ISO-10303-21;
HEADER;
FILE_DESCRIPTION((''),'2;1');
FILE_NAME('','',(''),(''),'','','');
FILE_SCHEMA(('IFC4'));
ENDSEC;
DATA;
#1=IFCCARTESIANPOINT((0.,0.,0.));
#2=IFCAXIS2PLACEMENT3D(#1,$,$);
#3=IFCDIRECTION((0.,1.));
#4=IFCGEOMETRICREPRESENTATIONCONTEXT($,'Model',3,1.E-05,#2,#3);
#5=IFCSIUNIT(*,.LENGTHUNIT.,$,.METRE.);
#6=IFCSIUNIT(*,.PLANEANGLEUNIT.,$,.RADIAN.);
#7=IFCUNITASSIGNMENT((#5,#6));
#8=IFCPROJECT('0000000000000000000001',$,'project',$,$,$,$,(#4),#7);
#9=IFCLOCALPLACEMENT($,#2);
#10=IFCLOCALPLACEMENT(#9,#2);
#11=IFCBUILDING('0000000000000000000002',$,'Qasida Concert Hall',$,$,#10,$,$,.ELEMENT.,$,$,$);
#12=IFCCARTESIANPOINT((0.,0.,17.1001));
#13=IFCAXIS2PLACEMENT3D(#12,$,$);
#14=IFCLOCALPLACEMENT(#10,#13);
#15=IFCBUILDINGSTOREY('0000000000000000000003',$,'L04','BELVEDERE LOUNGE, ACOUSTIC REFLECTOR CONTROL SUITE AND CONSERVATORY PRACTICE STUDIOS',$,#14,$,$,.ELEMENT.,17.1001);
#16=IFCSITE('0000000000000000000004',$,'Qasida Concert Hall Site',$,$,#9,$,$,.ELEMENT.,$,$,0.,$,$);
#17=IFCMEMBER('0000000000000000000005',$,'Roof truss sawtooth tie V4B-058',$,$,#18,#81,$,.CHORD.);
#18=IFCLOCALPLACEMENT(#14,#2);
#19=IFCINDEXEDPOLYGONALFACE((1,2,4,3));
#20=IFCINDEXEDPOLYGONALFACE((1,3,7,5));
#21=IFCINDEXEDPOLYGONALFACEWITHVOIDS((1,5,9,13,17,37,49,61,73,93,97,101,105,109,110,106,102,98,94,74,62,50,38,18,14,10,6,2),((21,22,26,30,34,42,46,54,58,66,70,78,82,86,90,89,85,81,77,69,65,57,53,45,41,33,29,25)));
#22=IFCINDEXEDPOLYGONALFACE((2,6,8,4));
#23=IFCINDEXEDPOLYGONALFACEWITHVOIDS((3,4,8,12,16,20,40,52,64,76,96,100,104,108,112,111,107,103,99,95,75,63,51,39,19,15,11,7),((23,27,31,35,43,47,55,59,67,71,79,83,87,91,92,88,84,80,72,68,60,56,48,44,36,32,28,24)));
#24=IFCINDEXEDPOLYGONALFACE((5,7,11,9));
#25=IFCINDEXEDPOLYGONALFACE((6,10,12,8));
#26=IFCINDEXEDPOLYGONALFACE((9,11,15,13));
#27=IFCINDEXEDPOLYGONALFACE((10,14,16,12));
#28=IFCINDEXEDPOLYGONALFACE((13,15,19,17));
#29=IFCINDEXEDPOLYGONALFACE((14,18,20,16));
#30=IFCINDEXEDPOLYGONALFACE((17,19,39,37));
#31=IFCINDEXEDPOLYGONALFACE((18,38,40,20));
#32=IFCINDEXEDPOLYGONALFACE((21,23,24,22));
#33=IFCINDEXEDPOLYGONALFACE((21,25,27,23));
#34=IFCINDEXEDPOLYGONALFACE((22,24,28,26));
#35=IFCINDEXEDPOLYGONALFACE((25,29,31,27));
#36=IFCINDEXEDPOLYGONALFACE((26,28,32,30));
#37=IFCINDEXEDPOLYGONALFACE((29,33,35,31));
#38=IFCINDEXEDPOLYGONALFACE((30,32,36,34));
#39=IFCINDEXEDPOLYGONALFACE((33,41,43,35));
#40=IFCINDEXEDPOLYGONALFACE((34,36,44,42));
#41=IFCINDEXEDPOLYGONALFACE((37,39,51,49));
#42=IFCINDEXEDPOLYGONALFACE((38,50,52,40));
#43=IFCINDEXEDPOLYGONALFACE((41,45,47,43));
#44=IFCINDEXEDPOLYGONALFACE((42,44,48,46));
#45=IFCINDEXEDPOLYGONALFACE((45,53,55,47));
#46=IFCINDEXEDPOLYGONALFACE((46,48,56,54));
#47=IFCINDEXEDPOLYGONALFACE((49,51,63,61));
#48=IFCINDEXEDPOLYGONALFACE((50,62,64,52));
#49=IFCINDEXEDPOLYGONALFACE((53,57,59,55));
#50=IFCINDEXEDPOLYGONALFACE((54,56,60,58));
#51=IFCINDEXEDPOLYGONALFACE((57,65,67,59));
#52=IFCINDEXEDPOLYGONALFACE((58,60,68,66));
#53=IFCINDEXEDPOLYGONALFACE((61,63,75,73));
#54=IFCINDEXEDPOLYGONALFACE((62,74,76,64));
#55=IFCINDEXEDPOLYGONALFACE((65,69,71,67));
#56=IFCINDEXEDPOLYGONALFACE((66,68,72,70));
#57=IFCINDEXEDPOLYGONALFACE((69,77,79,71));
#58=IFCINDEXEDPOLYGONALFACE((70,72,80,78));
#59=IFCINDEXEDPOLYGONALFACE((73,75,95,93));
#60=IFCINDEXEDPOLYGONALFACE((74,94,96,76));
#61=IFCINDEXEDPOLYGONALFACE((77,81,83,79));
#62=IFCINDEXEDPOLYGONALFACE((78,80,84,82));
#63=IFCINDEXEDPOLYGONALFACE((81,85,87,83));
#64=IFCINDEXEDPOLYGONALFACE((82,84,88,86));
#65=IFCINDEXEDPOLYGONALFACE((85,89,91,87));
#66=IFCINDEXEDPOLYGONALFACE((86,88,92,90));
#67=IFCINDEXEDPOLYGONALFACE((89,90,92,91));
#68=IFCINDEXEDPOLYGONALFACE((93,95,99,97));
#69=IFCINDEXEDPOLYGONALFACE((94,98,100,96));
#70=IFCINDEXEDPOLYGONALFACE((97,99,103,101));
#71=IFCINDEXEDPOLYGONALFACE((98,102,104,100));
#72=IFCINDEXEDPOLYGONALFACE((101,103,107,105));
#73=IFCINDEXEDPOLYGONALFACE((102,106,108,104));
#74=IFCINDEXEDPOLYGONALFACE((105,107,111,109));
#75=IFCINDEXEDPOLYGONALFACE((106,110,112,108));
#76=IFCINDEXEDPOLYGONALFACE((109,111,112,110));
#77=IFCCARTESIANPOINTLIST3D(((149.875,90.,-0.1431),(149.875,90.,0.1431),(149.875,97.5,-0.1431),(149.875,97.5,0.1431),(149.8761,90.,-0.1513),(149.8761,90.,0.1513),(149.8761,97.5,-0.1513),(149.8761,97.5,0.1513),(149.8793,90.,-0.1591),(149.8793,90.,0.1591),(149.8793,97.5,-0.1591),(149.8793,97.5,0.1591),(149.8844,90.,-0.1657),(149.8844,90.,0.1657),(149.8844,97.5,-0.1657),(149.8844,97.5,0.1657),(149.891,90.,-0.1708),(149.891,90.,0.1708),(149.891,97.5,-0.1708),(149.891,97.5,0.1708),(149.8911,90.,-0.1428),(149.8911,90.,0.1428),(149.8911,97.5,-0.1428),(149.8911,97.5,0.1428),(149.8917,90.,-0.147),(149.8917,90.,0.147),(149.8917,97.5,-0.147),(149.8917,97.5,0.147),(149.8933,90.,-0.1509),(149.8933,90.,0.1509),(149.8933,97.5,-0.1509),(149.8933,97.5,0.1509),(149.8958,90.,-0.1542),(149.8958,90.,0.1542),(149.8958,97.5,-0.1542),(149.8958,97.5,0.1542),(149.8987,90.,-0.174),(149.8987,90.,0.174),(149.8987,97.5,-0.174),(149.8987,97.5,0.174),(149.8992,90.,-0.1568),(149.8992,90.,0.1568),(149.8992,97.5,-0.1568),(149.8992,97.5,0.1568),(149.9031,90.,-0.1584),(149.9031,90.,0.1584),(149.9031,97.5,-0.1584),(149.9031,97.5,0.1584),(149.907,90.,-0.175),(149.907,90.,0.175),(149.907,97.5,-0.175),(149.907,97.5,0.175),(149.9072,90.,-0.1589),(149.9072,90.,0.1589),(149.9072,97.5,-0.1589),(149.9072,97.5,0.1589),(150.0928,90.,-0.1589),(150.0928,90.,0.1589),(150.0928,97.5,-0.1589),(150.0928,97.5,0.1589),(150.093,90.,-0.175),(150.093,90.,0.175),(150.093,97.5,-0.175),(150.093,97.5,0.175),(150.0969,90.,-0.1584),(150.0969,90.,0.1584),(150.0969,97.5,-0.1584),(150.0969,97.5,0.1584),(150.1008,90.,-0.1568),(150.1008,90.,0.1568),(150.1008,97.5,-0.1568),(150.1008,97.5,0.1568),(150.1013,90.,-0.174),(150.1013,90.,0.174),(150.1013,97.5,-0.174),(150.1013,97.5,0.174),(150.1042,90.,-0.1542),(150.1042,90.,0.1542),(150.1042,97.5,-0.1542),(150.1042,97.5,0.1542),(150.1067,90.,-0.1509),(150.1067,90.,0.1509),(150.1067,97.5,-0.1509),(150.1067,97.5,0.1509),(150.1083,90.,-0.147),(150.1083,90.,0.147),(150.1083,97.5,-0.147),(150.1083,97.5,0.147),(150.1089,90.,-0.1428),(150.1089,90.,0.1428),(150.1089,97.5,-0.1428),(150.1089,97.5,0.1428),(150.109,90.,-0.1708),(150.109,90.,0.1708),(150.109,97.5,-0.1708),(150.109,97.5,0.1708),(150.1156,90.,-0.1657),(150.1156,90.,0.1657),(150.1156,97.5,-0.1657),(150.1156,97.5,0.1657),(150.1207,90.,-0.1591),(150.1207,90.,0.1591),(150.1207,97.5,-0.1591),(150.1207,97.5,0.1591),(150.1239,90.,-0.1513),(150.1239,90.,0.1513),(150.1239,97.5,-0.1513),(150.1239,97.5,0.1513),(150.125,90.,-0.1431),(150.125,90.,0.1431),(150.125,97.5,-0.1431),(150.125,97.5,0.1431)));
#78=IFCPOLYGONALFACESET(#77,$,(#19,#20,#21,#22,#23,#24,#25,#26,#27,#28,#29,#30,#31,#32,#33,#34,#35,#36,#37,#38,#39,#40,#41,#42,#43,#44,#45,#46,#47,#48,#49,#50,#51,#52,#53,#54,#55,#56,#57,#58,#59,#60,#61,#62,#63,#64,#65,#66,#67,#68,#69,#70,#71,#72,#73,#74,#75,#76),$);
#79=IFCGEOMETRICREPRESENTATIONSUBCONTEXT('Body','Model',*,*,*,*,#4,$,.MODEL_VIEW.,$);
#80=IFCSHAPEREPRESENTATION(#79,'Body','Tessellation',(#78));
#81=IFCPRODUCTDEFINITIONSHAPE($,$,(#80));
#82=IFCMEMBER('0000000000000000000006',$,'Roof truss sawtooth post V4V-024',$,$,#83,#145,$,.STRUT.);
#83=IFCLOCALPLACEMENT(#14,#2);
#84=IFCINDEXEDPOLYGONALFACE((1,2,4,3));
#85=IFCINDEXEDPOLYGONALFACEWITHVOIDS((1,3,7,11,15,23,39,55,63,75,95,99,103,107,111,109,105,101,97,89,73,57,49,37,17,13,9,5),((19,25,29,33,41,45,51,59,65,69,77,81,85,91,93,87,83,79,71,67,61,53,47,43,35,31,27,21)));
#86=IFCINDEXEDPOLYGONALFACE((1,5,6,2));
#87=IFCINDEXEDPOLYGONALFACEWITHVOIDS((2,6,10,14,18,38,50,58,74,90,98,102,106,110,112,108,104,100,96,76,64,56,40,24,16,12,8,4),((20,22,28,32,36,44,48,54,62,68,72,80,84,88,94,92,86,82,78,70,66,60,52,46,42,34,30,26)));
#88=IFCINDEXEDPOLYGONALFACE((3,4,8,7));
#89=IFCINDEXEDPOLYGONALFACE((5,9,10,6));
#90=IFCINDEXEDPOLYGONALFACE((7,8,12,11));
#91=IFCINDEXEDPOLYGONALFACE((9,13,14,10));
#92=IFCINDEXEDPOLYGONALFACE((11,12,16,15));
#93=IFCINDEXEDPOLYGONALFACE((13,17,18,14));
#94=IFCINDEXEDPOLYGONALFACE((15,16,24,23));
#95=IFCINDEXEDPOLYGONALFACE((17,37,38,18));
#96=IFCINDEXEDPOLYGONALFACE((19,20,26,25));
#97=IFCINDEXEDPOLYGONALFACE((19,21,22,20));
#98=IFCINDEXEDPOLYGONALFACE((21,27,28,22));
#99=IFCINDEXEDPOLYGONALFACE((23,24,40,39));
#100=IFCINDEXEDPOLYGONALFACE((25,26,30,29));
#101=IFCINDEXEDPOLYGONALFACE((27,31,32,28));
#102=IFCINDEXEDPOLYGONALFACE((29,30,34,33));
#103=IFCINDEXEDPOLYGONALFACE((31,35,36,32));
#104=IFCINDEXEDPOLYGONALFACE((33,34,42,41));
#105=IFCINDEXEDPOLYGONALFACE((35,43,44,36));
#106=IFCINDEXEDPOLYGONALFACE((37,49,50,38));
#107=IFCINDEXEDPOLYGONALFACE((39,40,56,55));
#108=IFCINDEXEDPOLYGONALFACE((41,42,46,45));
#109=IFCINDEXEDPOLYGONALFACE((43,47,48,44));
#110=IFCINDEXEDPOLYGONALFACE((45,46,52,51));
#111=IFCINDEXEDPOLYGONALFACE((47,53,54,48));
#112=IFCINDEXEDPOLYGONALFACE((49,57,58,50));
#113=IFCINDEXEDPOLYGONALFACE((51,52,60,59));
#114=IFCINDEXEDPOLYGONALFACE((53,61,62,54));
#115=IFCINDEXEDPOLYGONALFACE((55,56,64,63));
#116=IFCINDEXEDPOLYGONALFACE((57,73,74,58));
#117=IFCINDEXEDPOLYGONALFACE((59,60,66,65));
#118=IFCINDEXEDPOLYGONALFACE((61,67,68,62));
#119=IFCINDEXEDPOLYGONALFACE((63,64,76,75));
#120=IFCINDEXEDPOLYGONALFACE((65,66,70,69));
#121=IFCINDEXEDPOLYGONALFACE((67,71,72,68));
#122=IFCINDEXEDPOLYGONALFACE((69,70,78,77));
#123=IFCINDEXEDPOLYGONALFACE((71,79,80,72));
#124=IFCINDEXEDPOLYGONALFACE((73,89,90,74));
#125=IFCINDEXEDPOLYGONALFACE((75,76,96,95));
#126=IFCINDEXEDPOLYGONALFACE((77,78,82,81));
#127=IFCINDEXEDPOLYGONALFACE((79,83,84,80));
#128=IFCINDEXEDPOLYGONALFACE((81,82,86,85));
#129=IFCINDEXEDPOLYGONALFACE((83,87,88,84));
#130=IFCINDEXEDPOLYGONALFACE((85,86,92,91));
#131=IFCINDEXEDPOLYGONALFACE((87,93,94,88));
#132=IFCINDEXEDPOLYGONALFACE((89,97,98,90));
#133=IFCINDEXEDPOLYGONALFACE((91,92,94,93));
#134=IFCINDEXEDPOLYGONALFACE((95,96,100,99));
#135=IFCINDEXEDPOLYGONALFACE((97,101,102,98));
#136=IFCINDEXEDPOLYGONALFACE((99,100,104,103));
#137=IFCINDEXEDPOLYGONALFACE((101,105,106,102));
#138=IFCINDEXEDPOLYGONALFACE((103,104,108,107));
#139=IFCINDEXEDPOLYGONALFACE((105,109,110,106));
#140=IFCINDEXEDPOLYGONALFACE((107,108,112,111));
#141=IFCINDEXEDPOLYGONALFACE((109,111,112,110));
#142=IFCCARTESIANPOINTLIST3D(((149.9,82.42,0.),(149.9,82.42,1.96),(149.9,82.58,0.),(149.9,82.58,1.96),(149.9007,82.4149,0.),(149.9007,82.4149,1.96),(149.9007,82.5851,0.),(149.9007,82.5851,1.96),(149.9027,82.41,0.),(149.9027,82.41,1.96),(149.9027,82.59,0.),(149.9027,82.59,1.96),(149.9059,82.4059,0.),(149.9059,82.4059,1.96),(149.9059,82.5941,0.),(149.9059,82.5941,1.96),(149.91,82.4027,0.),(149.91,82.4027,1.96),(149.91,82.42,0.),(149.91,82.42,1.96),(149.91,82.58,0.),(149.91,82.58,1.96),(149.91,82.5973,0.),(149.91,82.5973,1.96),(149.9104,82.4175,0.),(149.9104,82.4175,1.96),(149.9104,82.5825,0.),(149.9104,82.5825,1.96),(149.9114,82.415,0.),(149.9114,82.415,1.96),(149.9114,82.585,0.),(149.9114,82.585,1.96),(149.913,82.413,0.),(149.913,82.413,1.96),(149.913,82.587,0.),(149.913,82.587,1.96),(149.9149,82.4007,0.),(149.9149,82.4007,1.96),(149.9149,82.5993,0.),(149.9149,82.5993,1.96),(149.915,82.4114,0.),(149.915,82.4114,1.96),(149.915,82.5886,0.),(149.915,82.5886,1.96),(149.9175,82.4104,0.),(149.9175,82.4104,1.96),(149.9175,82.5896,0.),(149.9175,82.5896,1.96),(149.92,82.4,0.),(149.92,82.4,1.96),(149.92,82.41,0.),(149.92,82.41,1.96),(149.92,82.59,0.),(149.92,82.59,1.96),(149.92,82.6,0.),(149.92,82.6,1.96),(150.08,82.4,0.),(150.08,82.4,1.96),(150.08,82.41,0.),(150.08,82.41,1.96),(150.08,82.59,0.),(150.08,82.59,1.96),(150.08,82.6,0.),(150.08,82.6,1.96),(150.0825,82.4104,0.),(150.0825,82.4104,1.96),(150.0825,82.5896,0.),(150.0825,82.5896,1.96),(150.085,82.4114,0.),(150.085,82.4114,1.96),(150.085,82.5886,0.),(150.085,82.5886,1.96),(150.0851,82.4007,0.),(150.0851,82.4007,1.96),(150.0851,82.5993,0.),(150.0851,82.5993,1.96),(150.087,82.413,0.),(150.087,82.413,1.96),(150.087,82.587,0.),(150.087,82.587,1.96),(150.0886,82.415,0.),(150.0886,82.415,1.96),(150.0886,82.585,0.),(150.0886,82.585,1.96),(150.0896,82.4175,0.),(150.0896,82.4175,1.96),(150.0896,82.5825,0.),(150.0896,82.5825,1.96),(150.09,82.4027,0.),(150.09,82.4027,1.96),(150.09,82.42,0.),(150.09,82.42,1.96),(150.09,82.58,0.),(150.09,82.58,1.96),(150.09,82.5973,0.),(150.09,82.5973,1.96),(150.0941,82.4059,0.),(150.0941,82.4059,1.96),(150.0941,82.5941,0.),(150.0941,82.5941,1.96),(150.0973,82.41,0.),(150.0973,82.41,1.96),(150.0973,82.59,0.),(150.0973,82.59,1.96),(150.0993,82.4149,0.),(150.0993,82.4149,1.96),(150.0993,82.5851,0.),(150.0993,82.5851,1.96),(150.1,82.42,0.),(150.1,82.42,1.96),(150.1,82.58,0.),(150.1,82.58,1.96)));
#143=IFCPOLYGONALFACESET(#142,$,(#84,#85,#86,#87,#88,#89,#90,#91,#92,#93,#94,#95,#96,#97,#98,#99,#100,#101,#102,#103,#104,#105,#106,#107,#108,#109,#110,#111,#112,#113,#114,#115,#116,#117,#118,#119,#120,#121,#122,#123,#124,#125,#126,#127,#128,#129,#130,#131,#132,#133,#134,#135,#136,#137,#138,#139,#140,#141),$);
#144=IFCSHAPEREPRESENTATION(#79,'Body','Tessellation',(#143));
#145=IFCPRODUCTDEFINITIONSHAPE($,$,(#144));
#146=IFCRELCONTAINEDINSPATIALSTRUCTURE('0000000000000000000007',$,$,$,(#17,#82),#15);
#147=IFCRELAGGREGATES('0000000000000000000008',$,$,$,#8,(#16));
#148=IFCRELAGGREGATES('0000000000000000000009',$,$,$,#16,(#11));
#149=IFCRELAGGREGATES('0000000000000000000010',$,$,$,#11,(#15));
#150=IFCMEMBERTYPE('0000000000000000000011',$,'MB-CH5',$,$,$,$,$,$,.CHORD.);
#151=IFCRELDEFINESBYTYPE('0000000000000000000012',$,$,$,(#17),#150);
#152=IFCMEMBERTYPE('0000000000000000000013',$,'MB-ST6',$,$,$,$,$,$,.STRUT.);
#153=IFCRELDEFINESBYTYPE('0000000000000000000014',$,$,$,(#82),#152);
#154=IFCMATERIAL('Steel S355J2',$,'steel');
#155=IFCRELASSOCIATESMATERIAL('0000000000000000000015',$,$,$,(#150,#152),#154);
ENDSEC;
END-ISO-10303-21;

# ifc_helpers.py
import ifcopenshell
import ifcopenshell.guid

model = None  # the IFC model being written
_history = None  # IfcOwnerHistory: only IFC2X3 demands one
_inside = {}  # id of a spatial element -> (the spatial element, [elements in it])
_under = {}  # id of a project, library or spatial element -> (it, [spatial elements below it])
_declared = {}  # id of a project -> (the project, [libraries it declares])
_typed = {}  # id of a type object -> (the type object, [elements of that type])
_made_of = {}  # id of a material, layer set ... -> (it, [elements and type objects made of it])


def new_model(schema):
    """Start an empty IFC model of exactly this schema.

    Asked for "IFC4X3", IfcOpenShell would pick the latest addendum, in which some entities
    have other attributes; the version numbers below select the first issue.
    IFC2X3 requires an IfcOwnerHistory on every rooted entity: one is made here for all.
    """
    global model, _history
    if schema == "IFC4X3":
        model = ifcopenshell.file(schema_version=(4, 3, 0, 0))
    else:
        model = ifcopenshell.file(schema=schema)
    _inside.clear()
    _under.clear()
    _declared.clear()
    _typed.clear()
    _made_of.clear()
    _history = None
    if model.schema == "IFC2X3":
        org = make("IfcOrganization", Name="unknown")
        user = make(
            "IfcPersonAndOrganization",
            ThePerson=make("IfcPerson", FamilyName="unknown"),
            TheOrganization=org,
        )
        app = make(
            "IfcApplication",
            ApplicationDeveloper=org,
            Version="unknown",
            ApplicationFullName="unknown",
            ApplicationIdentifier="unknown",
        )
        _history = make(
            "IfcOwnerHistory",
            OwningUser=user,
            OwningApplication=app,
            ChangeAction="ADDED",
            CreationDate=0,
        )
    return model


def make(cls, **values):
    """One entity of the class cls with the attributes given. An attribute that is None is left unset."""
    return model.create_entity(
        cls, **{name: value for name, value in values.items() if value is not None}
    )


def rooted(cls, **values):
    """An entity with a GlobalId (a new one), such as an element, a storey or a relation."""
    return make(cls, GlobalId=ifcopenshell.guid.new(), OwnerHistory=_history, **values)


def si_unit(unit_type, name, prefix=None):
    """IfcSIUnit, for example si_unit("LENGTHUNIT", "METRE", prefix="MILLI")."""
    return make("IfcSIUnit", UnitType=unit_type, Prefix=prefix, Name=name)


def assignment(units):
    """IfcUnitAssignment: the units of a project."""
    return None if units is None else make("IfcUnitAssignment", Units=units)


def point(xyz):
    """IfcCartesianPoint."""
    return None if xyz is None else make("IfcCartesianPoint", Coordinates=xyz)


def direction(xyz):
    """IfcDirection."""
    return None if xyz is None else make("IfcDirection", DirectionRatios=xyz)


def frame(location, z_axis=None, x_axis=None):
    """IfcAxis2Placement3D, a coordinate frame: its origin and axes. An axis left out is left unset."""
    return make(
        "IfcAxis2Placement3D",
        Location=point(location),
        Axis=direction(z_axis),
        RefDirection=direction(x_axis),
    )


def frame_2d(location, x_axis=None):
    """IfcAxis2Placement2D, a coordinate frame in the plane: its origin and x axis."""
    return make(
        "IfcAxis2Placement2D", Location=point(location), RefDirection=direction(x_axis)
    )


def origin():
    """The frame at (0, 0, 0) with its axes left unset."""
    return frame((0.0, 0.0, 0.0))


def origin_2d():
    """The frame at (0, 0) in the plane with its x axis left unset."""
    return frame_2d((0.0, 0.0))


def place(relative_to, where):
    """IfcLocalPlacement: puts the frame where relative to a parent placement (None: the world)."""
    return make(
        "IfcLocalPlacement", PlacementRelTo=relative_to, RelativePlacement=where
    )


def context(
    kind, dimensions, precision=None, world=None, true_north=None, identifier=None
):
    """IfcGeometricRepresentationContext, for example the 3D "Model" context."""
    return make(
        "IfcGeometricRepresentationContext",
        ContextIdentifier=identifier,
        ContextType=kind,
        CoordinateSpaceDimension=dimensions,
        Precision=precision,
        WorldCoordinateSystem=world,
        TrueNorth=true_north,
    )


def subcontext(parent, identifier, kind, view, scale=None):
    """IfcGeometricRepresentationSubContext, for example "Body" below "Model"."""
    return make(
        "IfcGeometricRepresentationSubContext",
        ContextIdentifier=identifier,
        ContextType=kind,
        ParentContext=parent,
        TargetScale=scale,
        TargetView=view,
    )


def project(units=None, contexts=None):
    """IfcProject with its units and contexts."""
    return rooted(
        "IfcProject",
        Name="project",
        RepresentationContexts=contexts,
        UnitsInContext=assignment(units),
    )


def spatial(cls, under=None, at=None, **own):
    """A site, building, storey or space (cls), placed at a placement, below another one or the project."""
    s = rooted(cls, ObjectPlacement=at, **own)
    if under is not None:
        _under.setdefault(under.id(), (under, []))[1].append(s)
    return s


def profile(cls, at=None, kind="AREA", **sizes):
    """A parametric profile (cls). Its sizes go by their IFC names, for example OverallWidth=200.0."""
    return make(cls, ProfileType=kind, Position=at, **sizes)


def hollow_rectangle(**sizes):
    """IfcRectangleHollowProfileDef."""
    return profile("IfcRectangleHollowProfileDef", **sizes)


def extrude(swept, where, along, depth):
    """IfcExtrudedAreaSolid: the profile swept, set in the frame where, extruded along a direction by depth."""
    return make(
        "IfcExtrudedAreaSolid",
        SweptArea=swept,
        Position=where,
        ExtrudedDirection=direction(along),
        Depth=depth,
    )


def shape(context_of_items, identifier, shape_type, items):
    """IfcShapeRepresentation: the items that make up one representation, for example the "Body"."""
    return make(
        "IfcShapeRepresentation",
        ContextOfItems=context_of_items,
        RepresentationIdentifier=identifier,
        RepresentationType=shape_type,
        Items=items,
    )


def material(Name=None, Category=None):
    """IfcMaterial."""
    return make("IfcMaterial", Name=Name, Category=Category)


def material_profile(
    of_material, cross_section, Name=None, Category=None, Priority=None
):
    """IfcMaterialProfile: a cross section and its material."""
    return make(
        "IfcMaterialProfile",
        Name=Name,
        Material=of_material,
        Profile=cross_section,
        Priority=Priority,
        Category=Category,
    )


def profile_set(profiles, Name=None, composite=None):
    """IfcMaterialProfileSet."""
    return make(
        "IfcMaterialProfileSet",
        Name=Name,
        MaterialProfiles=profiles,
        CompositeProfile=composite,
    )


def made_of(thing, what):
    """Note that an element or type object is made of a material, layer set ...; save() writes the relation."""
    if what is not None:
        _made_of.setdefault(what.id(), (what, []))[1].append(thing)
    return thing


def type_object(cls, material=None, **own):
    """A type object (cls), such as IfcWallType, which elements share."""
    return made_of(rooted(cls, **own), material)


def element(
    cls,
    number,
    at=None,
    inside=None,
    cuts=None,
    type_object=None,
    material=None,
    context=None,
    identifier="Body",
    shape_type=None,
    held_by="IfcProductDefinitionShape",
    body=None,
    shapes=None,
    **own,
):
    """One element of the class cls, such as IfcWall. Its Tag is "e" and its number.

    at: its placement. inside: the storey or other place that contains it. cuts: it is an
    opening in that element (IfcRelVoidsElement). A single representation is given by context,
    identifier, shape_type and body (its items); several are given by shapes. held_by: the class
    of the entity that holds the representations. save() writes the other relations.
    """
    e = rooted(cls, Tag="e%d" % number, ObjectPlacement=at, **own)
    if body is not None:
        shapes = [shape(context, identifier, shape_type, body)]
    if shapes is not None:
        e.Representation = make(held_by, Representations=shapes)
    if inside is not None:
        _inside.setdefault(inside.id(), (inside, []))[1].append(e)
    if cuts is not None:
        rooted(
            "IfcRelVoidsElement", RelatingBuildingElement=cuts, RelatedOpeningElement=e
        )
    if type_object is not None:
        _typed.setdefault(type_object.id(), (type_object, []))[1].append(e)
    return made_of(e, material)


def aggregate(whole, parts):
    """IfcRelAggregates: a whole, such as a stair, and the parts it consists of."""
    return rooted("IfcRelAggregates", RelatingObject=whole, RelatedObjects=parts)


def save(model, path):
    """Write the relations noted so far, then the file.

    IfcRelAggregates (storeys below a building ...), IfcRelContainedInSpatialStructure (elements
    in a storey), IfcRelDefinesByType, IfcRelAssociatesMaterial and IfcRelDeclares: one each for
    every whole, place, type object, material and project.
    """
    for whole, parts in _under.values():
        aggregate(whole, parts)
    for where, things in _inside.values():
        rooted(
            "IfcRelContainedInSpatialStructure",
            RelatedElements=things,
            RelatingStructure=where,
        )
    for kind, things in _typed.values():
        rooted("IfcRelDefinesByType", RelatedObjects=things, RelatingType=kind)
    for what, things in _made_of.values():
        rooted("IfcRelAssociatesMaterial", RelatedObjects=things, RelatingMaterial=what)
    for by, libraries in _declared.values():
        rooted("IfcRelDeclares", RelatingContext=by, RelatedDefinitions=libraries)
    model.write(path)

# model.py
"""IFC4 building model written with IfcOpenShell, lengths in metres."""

from ifc_helpers import new_model, si_unit, direction, frame, origin, origin_2d, place, context, subcontext, project, spatial, hollow_rectangle, extrude, material, material_profile, profile_set, type_object, element, save


model = new_model("IFC4")

# Units and contexts
model_context = context("Model", 3, precision=1e-05, world=origin(), true_north=direction((0.0, 1.0)))
body_context = subcontext(model_context, "Body", "Model", "MODEL_VIEW")
ifc_project = project(units=[si_unit("LENGTHUNIT", "METRE"), si_unit("PLANEANGLEUNIT", "RADIAN")], contexts=[model_context])

# Site, building, storey
site_placement = place(None, origin())
site = spatial("IfcSite", under=ifc_project, at=site_placement, Name="Qasida Concert Hall Site", CompositionType="ELEMENT", RefElevation=0.0)
building_placement = place(site_placement, origin())
building = spatial("IfcBuilding", under=site, at=building_placement, Name="Qasida Concert Hall", CompositionType="ELEMENT")
storey_placement = place(building_placement, frame((0.0, 0.0, 17.1001)))
storey = spatial("IfcBuildingStorey", under=building, at=storey_placement, Name="L04", Description="BELVEDERE LOUNGE, ACOUSTIC REFLECTOR CONTROL SUITE AND CONSERVATORY PRACTICE STUDIOS", CompositionType="ELEMENT", Elevation=17.1001)

# Members
ifc_material = material(Name="Steel S355J2", Category="steel")
ifc_material_profile_1 = material_profile(ifc_material, hollow_rectangle(XDim=0.25, YDim=0.3501, WallThickness=0.0161, InnerFilletRadius=0.0161, OuterFilletRadius=0.032, at=origin_2d()), Name="RHS 350x250x16")
ifc_profile_set_1 = profile_set([ifc_material_profile_1], Name="Steel S355J2")
member_type_1 = type_object("IfcMemberType", Name="MB-CH5", PredefinedType="CHORD", material=ifc_profile_set_1)
for number, where, z_axis, x_axis, name in (
    (1, (150.0, 90.0, 0.0), (0.0, 1.0, 0.0), (-1.0, 0.0, 0.0), "Roof truss sawtooth tie V4B-058"),
):
    element("IfcMember", number, at=place(storey_placement, frame(where, z_axis=z_axis, x_axis=x_axis)), inside=storey, type_object=member_type_1, Name=name, PredefinedType="CHORD", context=body_context, shape_type="SweptSolid", body=[
        extrude(hollow_rectangle(XDim=0.25, YDim=0.3501, WallThickness=0.0161, InnerFilletRadius=0.0161, OuterFilletRadius=0.032, at=origin_2d()), origin(), (0.0, 0.0, 1.0), 7.5),
    ])
ifc_material_profile_2 = material_profile(ifc_material, hollow_rectangle(XDim=0.2, YDim=0.2, WallThickness=0.01, InnerFilletRadius=0.01, OuterFilletRadius=0.02, at=origin_2d()), Name="SHS 200x200x10")
ifc_profile_set_2 = profile_set([ifc_material_profile_2], Name="Steel S355J2")
member_type_2 = type_object("IfcMemberType", Name="MB-ST6", PredefinedType="STRUT", material=ifc_profile_set_2)
for number, where, z_axis, x_axis, name in (
    (2, (150.0, 82.5, 0.0), (0.0, 0.0, 1.0), (1.0, 0.0, 0.0), "Roof truss sawtooth post V4V-024"),
):
    element("IfcMember", number, at=place(storey_placement, frame(where, z_axis=z_axis, x_axis=x_axis)), inside=storey, type_object=member_type_2, Name=name, PredefinedType="STRUT", context=body_context, shape_type="SweptSolid", body=[
        extrude(hollow_rectangle(XDim=0.2, YDim=0.2, WallThickness=0.01, InnerFilletRadius=0.01, OuterFilletRadius=0.02, at=origin_2d()), origin(), (0.0, 0.0, 1.0), 1.96),
    ])

save(model, "model.ifc")
